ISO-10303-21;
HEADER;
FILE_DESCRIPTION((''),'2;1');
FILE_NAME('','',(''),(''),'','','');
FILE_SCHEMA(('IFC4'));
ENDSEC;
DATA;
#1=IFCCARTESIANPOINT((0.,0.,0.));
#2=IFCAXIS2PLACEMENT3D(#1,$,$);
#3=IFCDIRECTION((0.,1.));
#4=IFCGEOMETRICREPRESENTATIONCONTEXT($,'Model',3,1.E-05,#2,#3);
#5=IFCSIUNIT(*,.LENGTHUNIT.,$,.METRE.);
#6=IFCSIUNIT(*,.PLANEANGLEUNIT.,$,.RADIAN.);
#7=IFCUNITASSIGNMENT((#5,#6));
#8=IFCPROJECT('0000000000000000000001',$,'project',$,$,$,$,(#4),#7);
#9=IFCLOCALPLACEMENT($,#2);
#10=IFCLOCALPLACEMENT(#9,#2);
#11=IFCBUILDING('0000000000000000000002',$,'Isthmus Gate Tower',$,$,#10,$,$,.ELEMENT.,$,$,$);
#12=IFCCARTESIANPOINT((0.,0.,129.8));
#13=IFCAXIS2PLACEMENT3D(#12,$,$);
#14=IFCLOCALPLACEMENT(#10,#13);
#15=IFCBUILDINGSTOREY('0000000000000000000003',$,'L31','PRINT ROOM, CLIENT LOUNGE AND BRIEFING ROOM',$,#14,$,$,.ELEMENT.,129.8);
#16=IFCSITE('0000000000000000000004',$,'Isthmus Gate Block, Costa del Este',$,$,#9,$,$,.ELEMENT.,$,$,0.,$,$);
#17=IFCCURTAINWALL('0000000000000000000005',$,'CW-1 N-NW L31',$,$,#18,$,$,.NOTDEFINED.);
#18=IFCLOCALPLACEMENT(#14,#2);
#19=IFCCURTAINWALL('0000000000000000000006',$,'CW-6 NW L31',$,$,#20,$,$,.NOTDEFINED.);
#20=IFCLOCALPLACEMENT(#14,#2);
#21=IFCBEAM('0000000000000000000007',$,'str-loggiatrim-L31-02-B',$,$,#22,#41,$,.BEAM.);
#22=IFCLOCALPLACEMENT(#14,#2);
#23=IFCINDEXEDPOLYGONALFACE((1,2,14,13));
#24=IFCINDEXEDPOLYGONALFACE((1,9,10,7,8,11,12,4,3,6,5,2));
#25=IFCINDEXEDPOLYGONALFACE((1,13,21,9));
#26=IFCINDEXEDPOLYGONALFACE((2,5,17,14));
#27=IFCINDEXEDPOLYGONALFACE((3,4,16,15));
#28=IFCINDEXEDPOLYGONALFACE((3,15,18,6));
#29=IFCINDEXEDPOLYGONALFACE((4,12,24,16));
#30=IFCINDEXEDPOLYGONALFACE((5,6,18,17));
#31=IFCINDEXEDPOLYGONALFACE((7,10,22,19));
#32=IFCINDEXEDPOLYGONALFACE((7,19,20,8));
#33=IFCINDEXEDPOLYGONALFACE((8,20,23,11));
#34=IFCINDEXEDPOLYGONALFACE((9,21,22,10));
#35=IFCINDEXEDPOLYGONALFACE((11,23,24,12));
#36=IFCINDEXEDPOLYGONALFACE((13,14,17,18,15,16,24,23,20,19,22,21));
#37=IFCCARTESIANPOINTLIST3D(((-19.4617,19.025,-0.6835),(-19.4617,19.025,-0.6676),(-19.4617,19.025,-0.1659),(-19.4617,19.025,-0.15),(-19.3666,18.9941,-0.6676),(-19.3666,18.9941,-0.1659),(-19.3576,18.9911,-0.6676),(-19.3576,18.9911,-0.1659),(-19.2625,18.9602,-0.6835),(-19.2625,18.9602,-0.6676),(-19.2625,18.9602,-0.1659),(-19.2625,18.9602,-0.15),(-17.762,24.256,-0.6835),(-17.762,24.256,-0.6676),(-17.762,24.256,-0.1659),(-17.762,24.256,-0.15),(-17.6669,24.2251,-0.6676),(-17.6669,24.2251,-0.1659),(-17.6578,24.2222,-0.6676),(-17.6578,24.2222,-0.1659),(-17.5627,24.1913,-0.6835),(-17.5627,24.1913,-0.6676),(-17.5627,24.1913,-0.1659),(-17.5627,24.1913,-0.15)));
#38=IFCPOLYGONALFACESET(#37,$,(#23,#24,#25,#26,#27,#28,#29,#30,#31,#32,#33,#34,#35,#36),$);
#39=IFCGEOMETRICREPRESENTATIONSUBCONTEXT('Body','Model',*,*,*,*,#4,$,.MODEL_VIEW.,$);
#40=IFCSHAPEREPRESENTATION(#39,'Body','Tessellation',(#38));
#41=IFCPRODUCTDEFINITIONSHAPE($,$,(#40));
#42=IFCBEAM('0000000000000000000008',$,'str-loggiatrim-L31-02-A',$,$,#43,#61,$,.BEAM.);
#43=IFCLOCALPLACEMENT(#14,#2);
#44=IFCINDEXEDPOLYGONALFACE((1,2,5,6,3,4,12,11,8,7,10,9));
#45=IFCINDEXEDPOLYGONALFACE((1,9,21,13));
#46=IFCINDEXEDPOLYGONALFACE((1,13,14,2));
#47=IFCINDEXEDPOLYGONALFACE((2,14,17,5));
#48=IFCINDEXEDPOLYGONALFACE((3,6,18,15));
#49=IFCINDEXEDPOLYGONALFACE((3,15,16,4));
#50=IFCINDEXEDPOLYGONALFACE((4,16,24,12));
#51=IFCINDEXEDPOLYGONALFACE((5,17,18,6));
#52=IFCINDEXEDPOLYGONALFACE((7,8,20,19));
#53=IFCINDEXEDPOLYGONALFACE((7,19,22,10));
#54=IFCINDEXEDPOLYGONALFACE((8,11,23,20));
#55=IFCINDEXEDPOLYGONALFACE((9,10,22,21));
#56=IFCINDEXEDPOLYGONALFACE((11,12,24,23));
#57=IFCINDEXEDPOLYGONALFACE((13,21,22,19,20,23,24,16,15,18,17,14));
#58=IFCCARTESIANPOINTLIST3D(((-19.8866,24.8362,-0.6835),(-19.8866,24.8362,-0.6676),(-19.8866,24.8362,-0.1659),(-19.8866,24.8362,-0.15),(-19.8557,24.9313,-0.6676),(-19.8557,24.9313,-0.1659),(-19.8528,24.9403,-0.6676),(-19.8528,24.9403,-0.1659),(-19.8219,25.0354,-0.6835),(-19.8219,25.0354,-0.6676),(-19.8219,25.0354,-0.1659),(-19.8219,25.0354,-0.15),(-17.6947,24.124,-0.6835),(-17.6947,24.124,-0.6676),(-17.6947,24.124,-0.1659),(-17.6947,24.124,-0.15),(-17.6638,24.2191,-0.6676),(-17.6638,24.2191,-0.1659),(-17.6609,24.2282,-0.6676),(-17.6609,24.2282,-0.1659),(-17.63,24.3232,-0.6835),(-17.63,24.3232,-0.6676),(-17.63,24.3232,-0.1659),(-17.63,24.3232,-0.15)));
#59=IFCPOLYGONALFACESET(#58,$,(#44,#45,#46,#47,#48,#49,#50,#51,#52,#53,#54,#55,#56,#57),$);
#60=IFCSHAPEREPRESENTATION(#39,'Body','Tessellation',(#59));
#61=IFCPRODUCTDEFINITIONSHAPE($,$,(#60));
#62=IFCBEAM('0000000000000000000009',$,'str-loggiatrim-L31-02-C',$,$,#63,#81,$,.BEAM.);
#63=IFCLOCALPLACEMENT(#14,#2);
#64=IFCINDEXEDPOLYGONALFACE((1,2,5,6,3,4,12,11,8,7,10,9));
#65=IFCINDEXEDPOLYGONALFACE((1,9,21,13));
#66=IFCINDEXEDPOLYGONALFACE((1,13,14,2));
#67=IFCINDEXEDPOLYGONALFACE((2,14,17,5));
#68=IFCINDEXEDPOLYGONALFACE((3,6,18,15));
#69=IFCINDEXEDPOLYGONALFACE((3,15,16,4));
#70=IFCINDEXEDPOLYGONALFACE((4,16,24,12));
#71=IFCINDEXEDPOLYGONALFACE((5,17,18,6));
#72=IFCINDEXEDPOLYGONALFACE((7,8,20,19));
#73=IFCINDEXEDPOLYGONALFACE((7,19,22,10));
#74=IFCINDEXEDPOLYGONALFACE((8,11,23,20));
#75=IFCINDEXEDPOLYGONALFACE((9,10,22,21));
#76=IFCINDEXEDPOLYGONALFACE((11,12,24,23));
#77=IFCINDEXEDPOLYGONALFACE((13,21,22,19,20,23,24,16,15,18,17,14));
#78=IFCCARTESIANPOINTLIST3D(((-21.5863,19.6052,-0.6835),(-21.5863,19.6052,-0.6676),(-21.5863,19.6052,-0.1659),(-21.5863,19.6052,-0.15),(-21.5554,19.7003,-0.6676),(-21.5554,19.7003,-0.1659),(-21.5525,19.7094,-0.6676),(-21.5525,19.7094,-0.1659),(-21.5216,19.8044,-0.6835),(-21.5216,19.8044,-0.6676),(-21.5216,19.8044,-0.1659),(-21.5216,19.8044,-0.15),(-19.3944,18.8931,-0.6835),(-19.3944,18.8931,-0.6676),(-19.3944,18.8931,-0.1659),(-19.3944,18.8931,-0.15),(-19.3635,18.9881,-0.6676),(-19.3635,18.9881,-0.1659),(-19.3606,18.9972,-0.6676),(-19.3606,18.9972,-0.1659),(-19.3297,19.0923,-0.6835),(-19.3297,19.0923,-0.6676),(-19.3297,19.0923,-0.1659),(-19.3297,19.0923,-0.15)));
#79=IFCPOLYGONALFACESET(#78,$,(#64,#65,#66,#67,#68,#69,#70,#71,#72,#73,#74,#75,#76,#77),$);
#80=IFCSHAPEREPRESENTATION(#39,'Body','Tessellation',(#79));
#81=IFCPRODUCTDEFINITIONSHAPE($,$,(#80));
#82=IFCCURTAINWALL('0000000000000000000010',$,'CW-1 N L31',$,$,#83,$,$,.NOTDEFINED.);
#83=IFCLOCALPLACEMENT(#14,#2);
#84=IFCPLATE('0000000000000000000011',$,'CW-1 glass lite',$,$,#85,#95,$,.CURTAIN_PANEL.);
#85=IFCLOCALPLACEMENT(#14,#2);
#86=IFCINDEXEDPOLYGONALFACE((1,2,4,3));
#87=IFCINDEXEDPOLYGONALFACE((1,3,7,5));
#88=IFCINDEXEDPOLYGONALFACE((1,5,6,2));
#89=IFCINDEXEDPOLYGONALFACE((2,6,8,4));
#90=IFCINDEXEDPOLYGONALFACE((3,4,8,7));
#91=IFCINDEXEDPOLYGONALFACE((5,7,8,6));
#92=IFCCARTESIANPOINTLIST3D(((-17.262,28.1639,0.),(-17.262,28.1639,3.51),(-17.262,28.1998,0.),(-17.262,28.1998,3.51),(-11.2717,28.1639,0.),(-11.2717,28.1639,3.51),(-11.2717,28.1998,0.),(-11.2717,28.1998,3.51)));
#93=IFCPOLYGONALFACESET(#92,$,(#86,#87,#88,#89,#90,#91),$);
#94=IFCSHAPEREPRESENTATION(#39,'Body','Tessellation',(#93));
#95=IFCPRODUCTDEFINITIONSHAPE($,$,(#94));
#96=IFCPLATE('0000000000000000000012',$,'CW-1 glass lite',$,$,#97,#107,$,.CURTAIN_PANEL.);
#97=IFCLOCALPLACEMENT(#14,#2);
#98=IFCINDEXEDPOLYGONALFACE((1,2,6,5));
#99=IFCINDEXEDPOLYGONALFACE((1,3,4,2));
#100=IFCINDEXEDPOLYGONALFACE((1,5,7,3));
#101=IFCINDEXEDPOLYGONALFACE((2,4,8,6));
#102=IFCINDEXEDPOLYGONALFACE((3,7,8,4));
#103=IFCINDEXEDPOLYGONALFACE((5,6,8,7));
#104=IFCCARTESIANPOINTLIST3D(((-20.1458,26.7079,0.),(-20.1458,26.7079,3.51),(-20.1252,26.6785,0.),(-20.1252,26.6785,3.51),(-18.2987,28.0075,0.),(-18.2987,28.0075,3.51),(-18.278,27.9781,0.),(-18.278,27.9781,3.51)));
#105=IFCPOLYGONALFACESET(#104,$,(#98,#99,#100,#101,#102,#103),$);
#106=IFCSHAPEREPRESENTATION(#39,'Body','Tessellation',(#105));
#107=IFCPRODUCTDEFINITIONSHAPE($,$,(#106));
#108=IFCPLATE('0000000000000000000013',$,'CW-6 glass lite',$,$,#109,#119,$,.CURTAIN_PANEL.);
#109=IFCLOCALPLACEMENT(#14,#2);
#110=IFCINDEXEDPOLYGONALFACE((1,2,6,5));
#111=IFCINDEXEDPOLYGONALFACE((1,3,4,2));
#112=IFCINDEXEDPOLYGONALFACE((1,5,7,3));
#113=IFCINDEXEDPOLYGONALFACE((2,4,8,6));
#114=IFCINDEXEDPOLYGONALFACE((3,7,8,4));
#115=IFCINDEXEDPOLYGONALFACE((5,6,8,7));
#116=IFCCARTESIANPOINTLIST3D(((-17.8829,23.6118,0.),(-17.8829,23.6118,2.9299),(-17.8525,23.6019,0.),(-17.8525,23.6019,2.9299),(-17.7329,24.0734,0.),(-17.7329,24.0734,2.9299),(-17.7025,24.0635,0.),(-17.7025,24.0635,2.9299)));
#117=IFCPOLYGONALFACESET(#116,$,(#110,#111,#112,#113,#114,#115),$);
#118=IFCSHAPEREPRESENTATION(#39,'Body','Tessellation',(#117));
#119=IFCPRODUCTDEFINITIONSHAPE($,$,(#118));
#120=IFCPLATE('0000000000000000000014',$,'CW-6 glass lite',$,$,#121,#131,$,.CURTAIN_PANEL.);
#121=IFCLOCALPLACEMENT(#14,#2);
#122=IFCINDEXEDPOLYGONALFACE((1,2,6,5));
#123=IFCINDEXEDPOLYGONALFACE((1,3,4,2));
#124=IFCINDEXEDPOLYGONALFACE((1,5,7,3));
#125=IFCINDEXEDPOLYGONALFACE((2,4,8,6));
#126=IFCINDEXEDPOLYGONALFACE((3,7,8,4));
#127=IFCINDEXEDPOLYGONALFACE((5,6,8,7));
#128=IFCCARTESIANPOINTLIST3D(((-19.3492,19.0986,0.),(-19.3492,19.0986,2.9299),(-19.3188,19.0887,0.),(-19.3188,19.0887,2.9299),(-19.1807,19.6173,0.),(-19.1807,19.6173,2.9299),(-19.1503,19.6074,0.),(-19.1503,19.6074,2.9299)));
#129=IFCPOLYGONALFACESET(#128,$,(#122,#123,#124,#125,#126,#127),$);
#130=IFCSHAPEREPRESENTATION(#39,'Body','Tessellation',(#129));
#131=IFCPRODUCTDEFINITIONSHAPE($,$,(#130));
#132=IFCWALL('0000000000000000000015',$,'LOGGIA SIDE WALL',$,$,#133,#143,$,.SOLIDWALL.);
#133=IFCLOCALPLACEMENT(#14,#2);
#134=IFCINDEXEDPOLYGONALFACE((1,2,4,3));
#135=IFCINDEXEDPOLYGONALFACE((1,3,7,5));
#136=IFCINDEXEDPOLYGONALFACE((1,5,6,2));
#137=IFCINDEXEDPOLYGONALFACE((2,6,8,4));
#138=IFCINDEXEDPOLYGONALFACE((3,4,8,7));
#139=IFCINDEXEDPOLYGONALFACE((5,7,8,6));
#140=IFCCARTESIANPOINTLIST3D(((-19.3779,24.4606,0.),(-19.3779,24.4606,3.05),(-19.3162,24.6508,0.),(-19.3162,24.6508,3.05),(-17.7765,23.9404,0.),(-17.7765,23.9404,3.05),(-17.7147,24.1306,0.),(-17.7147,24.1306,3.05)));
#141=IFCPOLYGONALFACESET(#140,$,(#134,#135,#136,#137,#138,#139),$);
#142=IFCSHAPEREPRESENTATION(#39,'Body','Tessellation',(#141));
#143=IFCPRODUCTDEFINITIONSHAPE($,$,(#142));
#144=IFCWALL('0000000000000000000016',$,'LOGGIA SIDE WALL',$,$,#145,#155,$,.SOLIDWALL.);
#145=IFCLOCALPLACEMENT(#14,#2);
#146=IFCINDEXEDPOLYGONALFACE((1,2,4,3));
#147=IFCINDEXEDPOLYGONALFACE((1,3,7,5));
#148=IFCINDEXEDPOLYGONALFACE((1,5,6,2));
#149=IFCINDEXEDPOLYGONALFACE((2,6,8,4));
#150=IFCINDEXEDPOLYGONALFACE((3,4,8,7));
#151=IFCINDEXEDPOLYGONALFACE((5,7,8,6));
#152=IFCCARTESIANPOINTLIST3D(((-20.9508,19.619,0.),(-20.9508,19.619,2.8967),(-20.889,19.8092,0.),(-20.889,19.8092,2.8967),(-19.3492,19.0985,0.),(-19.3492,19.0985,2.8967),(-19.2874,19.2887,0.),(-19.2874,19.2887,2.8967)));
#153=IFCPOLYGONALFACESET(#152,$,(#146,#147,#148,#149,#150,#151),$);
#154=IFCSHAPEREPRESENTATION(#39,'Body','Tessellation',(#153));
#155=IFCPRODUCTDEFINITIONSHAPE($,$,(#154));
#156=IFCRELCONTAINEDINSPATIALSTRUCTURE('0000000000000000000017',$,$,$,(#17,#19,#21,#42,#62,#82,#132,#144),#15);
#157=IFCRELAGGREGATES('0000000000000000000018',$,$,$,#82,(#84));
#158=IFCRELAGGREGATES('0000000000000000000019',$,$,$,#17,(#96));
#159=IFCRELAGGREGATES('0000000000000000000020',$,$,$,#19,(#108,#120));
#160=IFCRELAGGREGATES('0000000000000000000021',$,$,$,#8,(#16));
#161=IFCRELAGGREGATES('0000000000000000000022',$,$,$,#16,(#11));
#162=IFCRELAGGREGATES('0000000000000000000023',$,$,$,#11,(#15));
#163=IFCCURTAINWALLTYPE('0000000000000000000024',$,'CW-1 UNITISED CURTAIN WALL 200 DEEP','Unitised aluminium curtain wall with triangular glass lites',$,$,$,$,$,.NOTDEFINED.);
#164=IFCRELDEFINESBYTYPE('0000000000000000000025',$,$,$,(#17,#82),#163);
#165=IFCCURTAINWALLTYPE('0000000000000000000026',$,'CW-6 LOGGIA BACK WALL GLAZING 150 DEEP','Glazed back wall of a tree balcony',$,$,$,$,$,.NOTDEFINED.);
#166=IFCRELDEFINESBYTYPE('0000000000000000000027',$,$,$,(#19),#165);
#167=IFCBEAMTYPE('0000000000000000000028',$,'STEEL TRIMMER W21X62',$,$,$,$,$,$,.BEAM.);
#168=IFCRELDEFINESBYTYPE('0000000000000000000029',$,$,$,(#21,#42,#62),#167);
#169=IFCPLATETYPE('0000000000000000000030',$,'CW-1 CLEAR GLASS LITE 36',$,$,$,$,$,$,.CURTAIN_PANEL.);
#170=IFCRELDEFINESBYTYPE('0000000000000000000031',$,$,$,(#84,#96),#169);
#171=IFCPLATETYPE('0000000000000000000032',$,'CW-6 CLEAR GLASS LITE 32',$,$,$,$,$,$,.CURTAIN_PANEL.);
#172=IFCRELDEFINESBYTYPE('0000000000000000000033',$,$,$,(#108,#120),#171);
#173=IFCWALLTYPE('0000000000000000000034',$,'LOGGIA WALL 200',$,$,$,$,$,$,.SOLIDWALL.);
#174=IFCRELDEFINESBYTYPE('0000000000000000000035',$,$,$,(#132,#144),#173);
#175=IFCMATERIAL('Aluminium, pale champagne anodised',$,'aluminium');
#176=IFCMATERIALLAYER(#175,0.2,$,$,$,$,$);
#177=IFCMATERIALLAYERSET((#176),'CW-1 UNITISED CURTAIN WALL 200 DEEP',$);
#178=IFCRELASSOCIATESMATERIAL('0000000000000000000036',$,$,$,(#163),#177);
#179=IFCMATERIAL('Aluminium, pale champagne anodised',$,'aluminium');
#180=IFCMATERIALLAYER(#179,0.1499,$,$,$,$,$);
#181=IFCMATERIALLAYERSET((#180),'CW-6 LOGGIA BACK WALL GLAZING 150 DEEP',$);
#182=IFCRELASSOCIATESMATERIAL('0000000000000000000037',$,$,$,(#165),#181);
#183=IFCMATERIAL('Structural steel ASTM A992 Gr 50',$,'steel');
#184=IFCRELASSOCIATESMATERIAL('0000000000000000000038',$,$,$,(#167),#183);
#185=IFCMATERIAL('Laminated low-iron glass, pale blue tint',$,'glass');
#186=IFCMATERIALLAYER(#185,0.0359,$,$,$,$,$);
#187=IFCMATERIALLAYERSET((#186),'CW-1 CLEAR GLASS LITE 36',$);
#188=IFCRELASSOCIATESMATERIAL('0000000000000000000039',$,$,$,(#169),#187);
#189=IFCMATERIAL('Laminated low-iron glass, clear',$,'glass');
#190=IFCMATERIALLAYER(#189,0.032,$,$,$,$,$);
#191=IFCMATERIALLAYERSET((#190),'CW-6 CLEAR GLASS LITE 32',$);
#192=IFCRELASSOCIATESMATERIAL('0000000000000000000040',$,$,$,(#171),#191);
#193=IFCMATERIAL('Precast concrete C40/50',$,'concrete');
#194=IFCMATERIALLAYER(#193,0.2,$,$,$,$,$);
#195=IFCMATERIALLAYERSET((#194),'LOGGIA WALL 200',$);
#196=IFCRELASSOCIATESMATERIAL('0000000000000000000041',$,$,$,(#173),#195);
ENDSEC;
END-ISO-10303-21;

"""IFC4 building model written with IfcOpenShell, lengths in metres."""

from ifc_helpers import new_model, si_unit, direction, frame, frame_2d, origin, origin_2d, place, context, subcontext, project, spatial, rectangle, i_section, extrude, material, layer, layer_set, material_profile, profile_set, type_object, element, aggregate, save


model = new_model("IFC4")

# Units and contexts
model_context = context("Model", 3, precision=1e-05, world=origin(), true_north=direction((0.0, 1.0)))
body_context = subcontext(model_context, "Body", "Model", "MODEL_VIEW")
ifc_project = project(units=[si_unit("LENGTHUNIT", "METRE"), si_unit("PLANEANGLEUNIT", "RADIAN")], contexts=[model_context])

# Site, building, storey
site_placement = place(None, origin())
site = spatial("IfcSite", under=ifc_project, at=site_placement, Name="Isthmus Gate Block, Costa del Este", CompositionType="ELEMENT", RefElevation=0.0)
building_placement = place(site_placement, origin())
building = spatial("IfcBuilding", under=site, at=building_placement, Name="Isthmus Gate Tower", CompositionType="ELEMENT")
storey_placement = place(building_placement, frame((0.0, 0.0, 129.8)))
storey = spatial("IfcBuildingStorey", under=building, at=storey_placement, Name="L31", Description="PRINT ROOM, CLIENT LOUNGE AND BRIEFING ROOM", CompositionType="ELEMENT", Elevation=129.8)

# Curtain wall
ifc_material_1 = material(Name="Aluminium, pale champagne anodised", Category="aluminium")
ifc_layer_1 = layer(ifc_material_1, 0.2)
ifc_layer_set_1 = layer_set([ifc_layer_1], Name="CW-1 UNITISED CURTAIN WALL 200 DEEP")
curtain_wall_type_1 = type_object("IfcCurtainWallType", Name="CW-1 UNITISED CURTAIN WALL 200 DEEP", Description="Unitised aluminium curtain wall with triangular glass lites", PredefinedType="NOTDEFINED", material=ifc_layer_set_1)
curtain_wall_1_placement = place(storey_placement, origin())
curtain_wall_1 = element("IfcCurtainWall", 1, at=curtain_wall_1_placement, inside=storey, type_object=curtain_wall_type_1, Name="CW-1 N-NW L31", PredefinedType="NOTDEFINED")

# Curtain wall
ifc_material_2 = material(Name="Aluminium, pale champagne anodised", Category="aluminium")
ifc_layer_2 = layer(ifc_material_2, 0.1499)
ifc_layer_set_2 = layer_set([ifc_layer_2], Name="CW-6 LOGGIA BACK WALL GLAZING 150 DEEP")
curtain_wall_type_2 = type_object("IfcCurtainWallType", Name="CW-6 LOGGIA BACK WALL GLAZING 150 DEEP", Description="Glazed back wall of a tree balcony", PredefinedType="NOTDEFINED", material=ifc_layer_set_2)
curtain_wall_2_placement = place(storey_placement, origin())
curtain_wall_2 = element("IfcCurtainWall", 2, at=curtain_wall_2_placement, inside=storey, type_object=curtain_wall_type_2, Name="CW-6 NW L31", PredefinedType="NOTDEFINED")

# Beams
ifc_material_3 = material(Name="Structural steel ASTM A992 Gr 50", Category="steel")
ifc_material_profile_1 = material_profile(ifc_material_3, i_section(OverallWidth=0.2095, OverallDepth=0.5334, WebThickness=0.0095, FlangeThickness=0.0159, at=origin_2d()), Name="W21X62")
ifc_profile_set_1 = profile_set([ifc_material_profile_1], Name="Structural steel ASTM A992 Gr 50")
beam_type_1 = type_object("IfcBeamType", Name="STEEL TRIMMER W21X62", PredefinedType="BEAM", material=ifc_profile_set_1)
beam_1_placement = place(storey_placement, frame((-17.6624, 24.2236, -0.4167), z_axis=(-0.309028, -0.951053, 0.0), x_axis=(0.951053, -0.309028, 0.0)))
element("IfcBeam", 3, at=beam_1_placement, inside=storey, type_object=beam_type_1, Name="str-loggiatrim-L31-02-B", PredefinedType="BEAM", context=body_context, shape_type="SweptSolid", body=[
    extrude(i_section(OverallWidth=0.2095, OverallDepth=0.5334, WebThickness=0.0095, FlangeThickness=0.0159, at=origin_2d()), origin(), (0.0, 0.0, 1.0), 5.5002),
])
for number, where, z_axis, x_axis, name in (
    (4, (-19.8542, 24.9358, -0.4167), (0.951061, -0.309005, 0.0), (0.309005, 0.951061, 0.0), "str-loggiatrim-L31-02-A"),
    (5, (-21.554, 19.7048, -0.4167), (0.951061, -0.309005, 0.0), (0.309005, 0.951061, 0.0), "str-loggiatrim-L31-02-C"),
):
    element("IfcBeam", number, at=place(storey_placement, frame(where, z_axis=z_axis, x_axis=x_axis)), inside=storey, type_object=beam_type_1, Name=name, PredefinedType="BEAM", context=body_context, shape_type="SweptSolid", body=[
        extrude(i_section(OverallWidth=0.2095, OverallDepth=0.5334, WebThickness=0.0095, FlangeThickness=0.0159, at=origin_2d()), origin(), (0.0, 0.0, 1.0), 2.3047),
    ])

# Curtain wall, plate
curtain_wall_3_placement = place(storey_placement, origin())
curtain_wall_3 = element("IfcCurtainWall", 6, at=curtain_wall_3_placement, inside=storey, type_object=curtain_wall_type_1, Name="CW-1 N L31", PredefinedType="NOTDEFINED")
ifc_material_4 = material(Name="Laminated low-iron glass, pale blue tint", Category="glass")
ifc_layer_3 = layer(ifc_material_4, 0.0359)
ifc_layer_set_3 = layer_set([ifc_layer_3], Name="CW-1 CLEAR GLASS LITE 36")
plate_type_1 = type_object("IfcPlateType", Name="CW-1 CLEAR GLASS LITE 36", PredefinedType="CURTAIN_PANEL", material=ifc_layer_set_3)
plate_1_placement = place(storey_placement, frame((-14.2668, 28.1819, 0.0), z_axis=(0.0, 0.0, 1.0), x_axis=(-1.0, 0.0, 0.0)))
plate_1 = element("IfcPlate", 7, at=plate_1_placement, type_object=plate_type_1, Name="CW-1 glass lite", PredefinedType="CURTAIN_PANEL", context=body_context, shape_type="SweptSolid", body=[
    extrude(rectangle(XDim=5.9902, YDim=0.0359, at=origin_2d()), origin(), (0.0, 0.0, 1.0), 3.51),
])
aggregate(curtain_wall_3, [plate_1])

# Plates
plate_2_placement = place(storey_placement, frame((-19.2119, 27.343, 0.0), z_axis=(0.0, 0.0, 1.0), x_axis=(-0.81786, -0.575418, 0.0)))
plate_2 = element("IfcPlate", 8, at=plate_2_placement, type_object=plate_type_1, Name="CW-1 glass lite", PredefinedType="CURTAIN_PANEL", context=body_context, shape_type="SweptSolid", body=[
    extrude(rectangle(XDim=2.2585, YDim=0.0359, at=origin_2d()), origin(), (0.0, 0.0, 1.0), 3.51),
])
aggregate(curtain_wall_1, [plate_2])
ifc_material_5 = material(Name="Laminated low-iron glass, clear", Category="glass")
ifc_layer_4 = layer(ifc_material_5, 0.032)
ifc_layer_set_4 = layer_set([ifc_layer_4], Name="CW-6 CLEAR GLASS LITE 32")
plate_type_2 = type_object("IfcPlateType", Name="CW-6 CLEAR GLASS LITE 32", PredefinedType="CURTAIN_PANEL", material=ifc_layer_set_4)
plate_3_placement = place(storey_placement, frame((-17.7927, 23.8376, 0.0), z_axis=(0.0, 0.0, 1.0), x_axis=(-0.309017, -0.951057, 0.0)))
plate_3 = element("IfcPlate", 9, at=plate_3_placement, type_object=plate_type_2, Name="CW-6 glass lite", PredefinedType="CURTAIN_PANEL", context=body_context, shape_type="SweptSolid", body=[
    extrude(rectangle(XDim=0.4854, YDim=0.032, at=origin_2d()), origin(), (0.0, 0.0, 1.0), 2.9299),
])
plate_4_placement = place(storey_placement, frame((-19.2498, 19.353, 0.0), z_axis=(0.0, 0.0, 1.0), x_axis=(-0.309017, -0.951057, 0.0)))
plate_4 = element("IfcPlate", 10, at=plate_4_placement, type_object=plate_type_2, Name="CW-6 glass lite", PredefinedType="CURTAIN_PANEL", context=body_context, shape_type="SweptSolid", body=[
    extrude(rectangle(XDim=0.5454, YDim=0.032, at=origin_2d()), origin(), (0.0, 0.0, 1.0), 2.9299),
])
aggregate(curtain_wall_2, [plate_3, plate_4])

# Shared definitions
ifc_material_6 = material(Name="Precast concrete C40/50", Category="concrete")
ifc_layer_5 = layer(ifc_material_6, 0.2)
ifc_layer_set_5 = layer_set([ifc_layer_5], Name="LOGGIA WALL 200")
wall_type = type_object("IfcWallType", Name="LOGGIA WALL 200", PredefinedType="SOLIDWALL", material=ifc_layer_set_5)

# Walls
wall_1_placement = place(storey_placement, frame((-19.3469, 24.5557, 0.0), z_axis=(0.0, 0.0, 1.0), x_axis=(0.951077, -0.308955, 0.0)))
element("IfcWall", 11, at=wall_1_placement, inside=storey, type_object=wall_type, Name="LOGGIA SIDE WALL", PredefinedType="SOLIDWALL", context=body_context, shape_type="SweptSolid", body=[
    extrude(rectangle(XDim=1.6838, YDim=0.2, at=frame_2d((0.8418, 0.0))), origin(), (0.0, 0.0, 1.0), 3.05),
])
wall_2_placement = place(storey_placement, frame((-20.9199, 19.7141, 0.0), z_axis=(0.0, 0.0, 1.0), x_axis=(0.951034, -0.309086, 0.0)))
element("IfcWall", 12, at=wall_2_placement, inside=storey, type_object=wall_type, Name="LOGGIA SIDE WALL", PredefinedType="SOLIDWALL", context=body_context, shape_type="SweptSolid", body=[
    extrude(rectangle(XDim=1.6841, YDim=0.2, at=frame_2d((0.842, 0.0))), origin(), (0.0, 0.0, 1.0), 2.8967),
])

save(model, "model.ifc")
